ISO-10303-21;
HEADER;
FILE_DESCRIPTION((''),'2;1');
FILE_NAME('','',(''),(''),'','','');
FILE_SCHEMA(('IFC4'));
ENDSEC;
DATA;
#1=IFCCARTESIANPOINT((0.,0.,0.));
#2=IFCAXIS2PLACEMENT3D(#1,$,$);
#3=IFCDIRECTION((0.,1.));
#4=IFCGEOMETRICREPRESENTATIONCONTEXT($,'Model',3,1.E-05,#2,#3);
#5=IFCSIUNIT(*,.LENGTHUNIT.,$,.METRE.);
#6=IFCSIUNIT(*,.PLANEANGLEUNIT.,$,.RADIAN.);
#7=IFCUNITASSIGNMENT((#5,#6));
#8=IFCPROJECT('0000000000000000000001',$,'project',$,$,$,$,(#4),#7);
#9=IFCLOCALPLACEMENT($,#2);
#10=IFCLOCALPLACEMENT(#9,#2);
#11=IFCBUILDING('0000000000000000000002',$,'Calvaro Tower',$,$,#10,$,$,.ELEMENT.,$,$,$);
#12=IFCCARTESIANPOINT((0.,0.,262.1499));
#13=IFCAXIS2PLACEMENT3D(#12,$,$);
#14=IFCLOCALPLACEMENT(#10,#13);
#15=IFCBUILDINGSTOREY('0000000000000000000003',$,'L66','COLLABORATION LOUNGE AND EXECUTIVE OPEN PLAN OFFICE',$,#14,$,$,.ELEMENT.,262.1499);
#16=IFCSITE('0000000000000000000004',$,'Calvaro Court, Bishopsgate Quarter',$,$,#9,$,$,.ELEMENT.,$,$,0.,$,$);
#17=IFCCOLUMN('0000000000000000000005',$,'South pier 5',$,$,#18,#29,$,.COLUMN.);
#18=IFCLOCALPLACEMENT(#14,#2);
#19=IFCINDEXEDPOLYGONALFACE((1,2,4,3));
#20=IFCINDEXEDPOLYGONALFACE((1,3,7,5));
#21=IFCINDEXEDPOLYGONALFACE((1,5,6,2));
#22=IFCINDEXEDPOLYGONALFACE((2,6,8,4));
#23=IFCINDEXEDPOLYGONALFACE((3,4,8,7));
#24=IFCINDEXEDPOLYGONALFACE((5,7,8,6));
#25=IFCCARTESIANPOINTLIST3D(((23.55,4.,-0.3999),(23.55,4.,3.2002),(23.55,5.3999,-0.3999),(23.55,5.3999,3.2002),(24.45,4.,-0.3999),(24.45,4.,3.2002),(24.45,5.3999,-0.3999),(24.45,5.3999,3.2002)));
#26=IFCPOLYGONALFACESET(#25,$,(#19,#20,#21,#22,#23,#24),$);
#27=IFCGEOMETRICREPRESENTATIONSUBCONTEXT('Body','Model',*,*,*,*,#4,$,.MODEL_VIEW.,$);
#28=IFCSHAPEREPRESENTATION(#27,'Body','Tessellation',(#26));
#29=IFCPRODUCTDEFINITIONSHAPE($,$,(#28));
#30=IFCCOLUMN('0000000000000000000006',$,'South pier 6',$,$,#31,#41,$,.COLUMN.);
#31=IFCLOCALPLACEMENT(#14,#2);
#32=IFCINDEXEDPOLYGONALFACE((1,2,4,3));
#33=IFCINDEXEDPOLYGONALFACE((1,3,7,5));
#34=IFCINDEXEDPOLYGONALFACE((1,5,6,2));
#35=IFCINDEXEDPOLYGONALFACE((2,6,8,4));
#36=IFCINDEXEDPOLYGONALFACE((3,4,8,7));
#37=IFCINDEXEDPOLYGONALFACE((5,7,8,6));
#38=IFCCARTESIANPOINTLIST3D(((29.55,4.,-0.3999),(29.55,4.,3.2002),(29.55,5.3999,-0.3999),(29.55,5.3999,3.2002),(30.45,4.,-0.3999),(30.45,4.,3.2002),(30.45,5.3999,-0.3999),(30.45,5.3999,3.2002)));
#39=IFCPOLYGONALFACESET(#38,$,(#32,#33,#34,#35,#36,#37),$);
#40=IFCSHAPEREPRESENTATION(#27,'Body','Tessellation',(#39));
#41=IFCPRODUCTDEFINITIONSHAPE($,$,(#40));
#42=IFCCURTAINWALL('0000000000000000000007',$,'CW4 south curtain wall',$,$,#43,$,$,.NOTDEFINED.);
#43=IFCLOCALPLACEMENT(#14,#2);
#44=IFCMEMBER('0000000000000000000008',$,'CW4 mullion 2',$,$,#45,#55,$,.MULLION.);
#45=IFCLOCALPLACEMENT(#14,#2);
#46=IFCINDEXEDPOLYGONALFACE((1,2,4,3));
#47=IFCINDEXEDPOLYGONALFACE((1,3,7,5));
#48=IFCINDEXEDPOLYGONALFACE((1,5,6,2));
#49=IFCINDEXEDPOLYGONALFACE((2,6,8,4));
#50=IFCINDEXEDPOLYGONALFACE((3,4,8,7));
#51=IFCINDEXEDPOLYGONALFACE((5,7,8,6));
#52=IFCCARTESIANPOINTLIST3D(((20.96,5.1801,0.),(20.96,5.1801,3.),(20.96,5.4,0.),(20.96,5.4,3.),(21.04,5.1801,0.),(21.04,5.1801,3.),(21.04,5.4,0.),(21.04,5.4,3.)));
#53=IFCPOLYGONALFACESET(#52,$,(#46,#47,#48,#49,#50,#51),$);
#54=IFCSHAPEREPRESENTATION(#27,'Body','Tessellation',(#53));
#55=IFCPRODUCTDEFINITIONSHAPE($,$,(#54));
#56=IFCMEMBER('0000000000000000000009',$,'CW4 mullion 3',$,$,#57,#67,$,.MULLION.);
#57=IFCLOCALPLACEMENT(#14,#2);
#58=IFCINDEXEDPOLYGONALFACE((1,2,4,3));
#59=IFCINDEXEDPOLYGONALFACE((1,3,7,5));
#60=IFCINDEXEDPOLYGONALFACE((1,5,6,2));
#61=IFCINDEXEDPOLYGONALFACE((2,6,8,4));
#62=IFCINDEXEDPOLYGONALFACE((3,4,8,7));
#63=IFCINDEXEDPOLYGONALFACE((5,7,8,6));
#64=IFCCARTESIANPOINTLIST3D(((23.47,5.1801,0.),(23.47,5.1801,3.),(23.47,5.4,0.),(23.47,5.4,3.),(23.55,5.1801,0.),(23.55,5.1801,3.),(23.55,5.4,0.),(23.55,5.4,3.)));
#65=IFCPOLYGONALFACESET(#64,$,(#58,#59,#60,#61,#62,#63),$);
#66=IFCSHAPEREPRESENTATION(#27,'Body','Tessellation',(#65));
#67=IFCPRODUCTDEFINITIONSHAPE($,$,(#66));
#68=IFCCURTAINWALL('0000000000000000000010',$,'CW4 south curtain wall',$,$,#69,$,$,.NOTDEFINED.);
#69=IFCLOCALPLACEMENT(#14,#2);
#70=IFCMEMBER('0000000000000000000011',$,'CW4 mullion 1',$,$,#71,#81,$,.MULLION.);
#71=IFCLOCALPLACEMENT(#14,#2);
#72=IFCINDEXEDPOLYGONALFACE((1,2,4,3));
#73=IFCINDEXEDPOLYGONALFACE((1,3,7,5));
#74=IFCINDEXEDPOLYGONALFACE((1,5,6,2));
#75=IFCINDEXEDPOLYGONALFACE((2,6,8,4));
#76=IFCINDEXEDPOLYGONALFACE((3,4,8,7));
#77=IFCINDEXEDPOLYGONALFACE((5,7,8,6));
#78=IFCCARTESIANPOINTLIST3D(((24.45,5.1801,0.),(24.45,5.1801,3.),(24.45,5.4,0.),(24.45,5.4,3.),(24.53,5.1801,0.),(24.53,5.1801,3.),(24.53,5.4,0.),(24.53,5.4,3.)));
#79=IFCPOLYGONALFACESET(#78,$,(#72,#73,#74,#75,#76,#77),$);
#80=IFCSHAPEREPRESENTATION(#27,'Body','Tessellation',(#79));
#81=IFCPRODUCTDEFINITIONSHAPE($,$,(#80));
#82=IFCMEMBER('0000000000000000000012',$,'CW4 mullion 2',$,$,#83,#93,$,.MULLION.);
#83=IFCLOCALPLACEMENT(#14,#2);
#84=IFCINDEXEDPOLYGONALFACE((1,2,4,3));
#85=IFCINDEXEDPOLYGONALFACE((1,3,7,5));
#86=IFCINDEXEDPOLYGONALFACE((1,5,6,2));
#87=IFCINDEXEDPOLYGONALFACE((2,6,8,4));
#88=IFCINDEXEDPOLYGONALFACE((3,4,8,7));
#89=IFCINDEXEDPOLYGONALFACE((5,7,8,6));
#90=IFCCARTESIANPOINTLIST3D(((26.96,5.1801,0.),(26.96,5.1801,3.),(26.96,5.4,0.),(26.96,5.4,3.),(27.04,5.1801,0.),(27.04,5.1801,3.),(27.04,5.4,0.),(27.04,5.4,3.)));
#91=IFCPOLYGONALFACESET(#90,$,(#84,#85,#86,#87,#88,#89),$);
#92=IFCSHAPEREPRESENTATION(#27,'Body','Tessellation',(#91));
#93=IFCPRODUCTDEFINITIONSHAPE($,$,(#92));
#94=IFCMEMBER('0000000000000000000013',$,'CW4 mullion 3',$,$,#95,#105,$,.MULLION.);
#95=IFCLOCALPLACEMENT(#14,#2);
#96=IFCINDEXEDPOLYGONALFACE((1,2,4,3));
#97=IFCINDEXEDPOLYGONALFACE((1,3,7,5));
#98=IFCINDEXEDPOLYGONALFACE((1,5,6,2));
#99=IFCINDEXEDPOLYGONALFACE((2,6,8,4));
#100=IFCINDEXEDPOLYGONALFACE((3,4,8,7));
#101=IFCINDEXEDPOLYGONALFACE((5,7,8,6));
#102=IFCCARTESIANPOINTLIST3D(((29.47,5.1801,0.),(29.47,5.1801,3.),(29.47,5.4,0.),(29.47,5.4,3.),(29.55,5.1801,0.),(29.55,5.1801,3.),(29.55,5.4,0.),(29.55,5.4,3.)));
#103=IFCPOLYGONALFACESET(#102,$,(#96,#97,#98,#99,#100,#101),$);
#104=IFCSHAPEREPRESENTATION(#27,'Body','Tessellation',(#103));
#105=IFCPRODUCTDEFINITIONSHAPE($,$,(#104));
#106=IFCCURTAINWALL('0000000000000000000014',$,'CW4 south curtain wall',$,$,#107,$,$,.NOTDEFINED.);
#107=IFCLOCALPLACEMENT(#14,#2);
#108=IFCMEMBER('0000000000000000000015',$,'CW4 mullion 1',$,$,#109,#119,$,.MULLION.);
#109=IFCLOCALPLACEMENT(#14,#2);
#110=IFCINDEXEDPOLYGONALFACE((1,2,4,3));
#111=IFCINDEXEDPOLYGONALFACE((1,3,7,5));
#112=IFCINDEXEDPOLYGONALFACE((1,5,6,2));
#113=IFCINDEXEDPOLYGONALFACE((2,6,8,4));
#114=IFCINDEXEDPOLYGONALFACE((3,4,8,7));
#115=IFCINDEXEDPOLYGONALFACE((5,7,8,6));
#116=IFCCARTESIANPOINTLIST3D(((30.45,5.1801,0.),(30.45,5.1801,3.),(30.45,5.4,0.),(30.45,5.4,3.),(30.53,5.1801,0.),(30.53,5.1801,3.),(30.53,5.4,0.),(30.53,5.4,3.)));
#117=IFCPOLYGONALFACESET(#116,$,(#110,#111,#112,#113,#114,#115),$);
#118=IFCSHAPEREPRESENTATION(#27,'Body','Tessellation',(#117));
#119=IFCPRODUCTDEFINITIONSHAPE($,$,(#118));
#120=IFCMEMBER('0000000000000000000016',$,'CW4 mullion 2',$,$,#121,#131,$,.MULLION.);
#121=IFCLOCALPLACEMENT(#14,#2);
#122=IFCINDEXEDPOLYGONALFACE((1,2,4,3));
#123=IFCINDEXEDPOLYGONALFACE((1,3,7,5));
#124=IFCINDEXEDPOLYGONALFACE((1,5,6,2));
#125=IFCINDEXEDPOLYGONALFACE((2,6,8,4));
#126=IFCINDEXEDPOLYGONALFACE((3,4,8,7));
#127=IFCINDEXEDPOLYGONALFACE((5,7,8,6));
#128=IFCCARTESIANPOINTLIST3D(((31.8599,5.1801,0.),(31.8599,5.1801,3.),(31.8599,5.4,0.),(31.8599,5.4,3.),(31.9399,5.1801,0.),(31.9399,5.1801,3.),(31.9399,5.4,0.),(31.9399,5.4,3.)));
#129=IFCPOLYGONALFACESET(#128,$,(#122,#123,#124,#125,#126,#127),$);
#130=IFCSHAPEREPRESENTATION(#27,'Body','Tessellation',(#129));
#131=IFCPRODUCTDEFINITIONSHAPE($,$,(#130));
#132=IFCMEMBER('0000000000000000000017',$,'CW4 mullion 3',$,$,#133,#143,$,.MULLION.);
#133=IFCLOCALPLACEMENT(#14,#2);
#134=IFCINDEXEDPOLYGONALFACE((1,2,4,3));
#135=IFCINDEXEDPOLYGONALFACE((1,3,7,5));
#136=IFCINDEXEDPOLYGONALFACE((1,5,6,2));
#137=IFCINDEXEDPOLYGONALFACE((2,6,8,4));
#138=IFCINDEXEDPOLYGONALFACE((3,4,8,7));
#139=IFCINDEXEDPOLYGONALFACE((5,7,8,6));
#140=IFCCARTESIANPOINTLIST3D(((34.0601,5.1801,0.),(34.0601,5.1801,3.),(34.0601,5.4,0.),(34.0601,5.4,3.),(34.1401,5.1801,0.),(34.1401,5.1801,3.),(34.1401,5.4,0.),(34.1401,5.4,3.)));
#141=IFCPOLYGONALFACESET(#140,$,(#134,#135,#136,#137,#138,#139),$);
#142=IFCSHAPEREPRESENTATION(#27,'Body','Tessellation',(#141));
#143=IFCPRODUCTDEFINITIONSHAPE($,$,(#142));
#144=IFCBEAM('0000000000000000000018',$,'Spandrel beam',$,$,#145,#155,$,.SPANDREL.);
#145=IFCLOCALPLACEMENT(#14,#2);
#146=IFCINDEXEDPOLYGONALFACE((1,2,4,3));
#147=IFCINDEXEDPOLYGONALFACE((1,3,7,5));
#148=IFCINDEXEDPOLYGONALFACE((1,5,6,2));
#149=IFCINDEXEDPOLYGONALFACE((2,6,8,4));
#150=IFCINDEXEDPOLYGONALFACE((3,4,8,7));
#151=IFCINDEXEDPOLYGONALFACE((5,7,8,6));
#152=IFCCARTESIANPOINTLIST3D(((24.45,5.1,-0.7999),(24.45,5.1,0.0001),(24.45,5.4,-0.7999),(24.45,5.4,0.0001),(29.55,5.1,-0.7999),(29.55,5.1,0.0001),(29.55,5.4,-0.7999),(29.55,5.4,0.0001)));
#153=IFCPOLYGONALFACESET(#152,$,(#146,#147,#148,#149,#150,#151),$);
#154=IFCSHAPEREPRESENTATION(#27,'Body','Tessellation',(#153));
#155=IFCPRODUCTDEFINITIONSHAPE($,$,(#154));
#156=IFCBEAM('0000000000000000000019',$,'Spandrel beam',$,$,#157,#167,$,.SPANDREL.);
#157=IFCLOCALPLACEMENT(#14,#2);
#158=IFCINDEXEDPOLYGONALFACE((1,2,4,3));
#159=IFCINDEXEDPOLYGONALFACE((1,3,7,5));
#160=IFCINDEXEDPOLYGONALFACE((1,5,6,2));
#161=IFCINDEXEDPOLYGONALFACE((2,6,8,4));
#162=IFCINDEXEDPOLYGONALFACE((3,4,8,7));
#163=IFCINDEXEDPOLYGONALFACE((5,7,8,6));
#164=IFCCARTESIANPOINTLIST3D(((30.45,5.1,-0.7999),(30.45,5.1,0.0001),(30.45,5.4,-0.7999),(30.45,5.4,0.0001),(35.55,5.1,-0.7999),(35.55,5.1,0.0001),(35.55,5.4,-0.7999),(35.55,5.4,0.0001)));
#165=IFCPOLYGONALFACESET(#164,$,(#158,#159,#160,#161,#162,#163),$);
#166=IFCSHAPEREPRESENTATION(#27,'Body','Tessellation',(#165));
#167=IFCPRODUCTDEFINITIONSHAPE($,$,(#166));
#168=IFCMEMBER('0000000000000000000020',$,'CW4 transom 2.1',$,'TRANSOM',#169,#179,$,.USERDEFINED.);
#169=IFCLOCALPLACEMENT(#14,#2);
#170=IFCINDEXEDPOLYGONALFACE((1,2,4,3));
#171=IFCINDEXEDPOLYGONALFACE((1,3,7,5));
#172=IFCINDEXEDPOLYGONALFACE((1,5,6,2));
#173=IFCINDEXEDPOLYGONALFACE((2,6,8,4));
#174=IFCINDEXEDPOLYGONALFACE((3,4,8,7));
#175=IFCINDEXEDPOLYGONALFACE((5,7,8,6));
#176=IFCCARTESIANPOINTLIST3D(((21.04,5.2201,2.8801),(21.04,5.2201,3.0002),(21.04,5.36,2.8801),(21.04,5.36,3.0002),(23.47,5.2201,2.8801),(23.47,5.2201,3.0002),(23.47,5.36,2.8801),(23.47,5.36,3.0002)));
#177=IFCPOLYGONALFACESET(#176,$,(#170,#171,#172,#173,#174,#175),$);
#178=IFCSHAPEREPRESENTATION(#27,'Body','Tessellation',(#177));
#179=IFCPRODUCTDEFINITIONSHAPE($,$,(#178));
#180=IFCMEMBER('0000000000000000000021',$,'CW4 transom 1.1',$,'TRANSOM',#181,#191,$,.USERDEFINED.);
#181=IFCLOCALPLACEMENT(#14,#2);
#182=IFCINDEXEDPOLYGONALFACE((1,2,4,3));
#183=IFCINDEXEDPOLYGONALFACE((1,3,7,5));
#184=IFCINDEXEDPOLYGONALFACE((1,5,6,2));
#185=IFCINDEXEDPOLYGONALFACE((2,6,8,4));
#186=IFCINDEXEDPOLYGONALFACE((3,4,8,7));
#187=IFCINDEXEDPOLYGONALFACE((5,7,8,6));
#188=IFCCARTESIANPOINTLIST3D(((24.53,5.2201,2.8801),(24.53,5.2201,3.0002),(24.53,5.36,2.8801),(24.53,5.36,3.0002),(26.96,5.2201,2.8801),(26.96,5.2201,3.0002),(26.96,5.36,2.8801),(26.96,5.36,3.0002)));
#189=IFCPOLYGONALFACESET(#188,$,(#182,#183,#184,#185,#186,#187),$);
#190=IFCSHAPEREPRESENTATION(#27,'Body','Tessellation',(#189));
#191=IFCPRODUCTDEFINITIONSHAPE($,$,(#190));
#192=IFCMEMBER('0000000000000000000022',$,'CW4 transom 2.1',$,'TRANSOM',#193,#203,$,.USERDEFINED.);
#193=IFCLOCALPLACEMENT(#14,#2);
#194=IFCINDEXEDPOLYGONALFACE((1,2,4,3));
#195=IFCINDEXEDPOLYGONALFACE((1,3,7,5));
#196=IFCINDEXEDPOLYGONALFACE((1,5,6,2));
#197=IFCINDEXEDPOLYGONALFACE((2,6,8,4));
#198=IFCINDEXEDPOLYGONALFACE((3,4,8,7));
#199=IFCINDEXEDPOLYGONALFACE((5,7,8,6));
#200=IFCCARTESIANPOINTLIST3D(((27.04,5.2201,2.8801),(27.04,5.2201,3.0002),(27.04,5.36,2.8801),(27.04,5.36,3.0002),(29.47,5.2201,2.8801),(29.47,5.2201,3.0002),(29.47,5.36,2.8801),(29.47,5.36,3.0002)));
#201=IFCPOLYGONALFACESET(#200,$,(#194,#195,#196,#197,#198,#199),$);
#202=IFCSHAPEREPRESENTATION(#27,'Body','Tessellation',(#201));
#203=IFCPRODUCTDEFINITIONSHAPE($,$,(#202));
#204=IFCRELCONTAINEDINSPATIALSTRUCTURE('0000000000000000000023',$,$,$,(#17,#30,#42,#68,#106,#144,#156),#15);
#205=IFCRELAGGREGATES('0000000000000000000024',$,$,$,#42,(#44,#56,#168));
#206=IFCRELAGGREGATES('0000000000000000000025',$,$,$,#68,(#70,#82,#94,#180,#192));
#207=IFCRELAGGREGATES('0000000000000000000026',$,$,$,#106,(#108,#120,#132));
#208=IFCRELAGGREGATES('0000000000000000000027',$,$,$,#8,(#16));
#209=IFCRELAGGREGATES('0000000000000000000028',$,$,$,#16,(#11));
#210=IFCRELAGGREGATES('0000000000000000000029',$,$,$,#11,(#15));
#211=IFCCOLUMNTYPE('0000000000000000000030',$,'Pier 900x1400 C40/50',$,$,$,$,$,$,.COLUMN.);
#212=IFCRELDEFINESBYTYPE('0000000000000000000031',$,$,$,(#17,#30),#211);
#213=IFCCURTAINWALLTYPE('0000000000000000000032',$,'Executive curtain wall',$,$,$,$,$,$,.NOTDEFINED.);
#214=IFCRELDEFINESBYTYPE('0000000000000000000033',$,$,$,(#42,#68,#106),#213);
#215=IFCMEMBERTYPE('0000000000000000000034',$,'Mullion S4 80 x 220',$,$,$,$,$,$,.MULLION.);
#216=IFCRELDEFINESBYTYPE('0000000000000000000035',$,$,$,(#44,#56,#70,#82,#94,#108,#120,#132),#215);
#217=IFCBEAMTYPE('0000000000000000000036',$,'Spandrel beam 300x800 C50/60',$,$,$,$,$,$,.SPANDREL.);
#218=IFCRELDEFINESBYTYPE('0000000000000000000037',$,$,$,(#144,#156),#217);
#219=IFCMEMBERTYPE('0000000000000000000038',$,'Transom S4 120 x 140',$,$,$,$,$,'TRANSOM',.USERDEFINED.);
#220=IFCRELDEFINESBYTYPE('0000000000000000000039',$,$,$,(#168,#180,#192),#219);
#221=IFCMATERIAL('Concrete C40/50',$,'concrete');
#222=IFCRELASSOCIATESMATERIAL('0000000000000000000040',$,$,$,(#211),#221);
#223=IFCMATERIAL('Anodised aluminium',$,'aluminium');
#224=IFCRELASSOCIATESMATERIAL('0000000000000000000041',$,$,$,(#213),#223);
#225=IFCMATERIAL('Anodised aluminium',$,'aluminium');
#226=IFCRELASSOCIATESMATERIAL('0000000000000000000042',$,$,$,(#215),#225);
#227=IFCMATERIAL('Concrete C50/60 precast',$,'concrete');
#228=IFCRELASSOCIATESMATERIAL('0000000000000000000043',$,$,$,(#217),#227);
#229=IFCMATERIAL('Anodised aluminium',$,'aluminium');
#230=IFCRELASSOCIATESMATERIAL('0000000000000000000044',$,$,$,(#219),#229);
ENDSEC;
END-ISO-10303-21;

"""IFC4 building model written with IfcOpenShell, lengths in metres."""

from ifc_helpers import new_model, si_unit, direction, frame, origin, origin_2d, place, context, subcontext, project, spatial, rectangle, extrude, material, material_profile, profile_set, type_object, element, aggregate, save


model = new_model("IFC4")

# Units and contexts
model_context = context("Model", 3, precision=1e-05, world=origin(), true_north=direction((0.0, 1.0)))
body_context = subcontext(model_context, "Body", "Model", "MODEL_VIEW")
ifc_project = project(units=[si_unit("LENGTHUNIT", "METRE"), si_unit("PLANEANGLEUNIT", "RADIAN")], contexts=[model_context])

# Site, building, storey
site_placement = place(None, origin())
site = spatial("IfcSite", under=ifc_project, at=site_placement, Name="Calvaro Court, Bishopsgate Quarter", CompositionType="ELEMENT", RefElevation=0.0)
building_placement = place(site_placement, origin())
building = spatial("IfcBuilding", under=site, at=building_placement, Name="Calvaro Tower", CompositionType="ELEMENT")
storey_placement = place(building_placement, frame((0.0, 0.0, 262.1499)))
storey = spatial("IfcBuildingStorey", under=building, at=storey_placement, Name="L66", Description="COLLABORATION LOUNGE AND EXECUTIVE OPEN PLAN OFFICE", CompositionType="ELEMENT", Elevation=262.1499)

# Columns
ifc_material_1 = material(Name="Concrete C40/50", Category="concrete")
ifc_material_profile_1 = material_profile(ifc_material_1, rectangle(XDim=0.8999, YDim=1.3999, at=origin_2d()), Name="RC 900x1400")
ifc_profile_set_1 = profile_set([ifc_material_profile_1], Name="Concrete C40/50")
column_type = type_object("IfcColumnType", Name="Pier 900x1400 C40/50", PredefinedType="COLUMN", material=ifc_profile_set_1)
for number, where, z_axis, x_axis, name in (
    (1, (24.0, 4.7, -0.3999), (0.0, 0.0, 1.0), (1.0, 0.0, 0.0), "South pier 5"),
    (2, (30.0, 4.7, -0.3999), (0.0, 0.0, 1.0), (1.0, 0.0, 0.0), "South pier 6"),
):
    element("IfcColumn", number, at=place(storey_placement, frame(where, z_axis=z_axis, x_axis=x_axis)), inside=storey, type_object=column_type, Name=name, PredefinedType="COLUMN", context=body_context, shape_type="SweptSolid", body=[
        extrude(rectangle(XDim=0.8999, YDim=1.3999, at=origin_2d()), origin(), (0.0, 0.0, 1.0), 3.6001),
    ])

# Curtain walls, members
ifc_material_2 = material(Name="Anodised aluminium", Category="aluminium")
curtain_wall_type = type_object("IfcCurtainWallType", Name="Executive curtain wall", PredefinedType="NOTDEFINED", material=ifc_material_2)
curtain_wall_1_placement = place(storey_placement, origin())
curtain_wall_1 = element("IfcCurtainWall", 3, at=curtain_wall_1_placement, inside=storey, type_object=curtain_wall_type, Name="CW4 south curtain wall", PredefinedType="NOTDEFINED")
ifc_material_3 = material(Name="Anodised aluminium", Category="aluminium")
ifc_material_profile_2 = material_profile(ifc_material_3, rectangle(XDim=0.22, YDim=0.0801, at=origin_2d()), Name="Mullion S4 80 x 220")
ifc_profile_set_2 = profile_set([ifc_material_profile_2], Name="Anodised aluminium")
member_type_1 = type_object("IfcMemberType", Name="Mullion S4 80 x 220", PredefinedType="MULLION", material=ifc_profile_set_2)
member_1_placement = place(storey_placement, frame((21.0, 5.29, 0.0), z_axis=(0.0, 0.0, 1.0), x_axis=(0.0, 1.0, 0.0)))
member_1 = element("IfcMember", 4, at=member_1_placement, type_object=member_type_1, Name="CW4 mullion 2", PredefinedType="MULLION", context=body_context, shape_type="SweptSolid", body=[
    extrude(rectangle(XDim=0.22, YDim=0.0801, at=origin_2d()), origin(), (0.0, 0.0, 1.0), 3.0),
])
member_2_placement = place(storey_placement, frame((23.51, 5.29, 0.0), z_axis=(0.0, 0.0, 1.0), x_axis=(0.0, 1.0, 0.0)))
member_2 = element("IfcMember", 5, at=member_2_placement, type_object=member_type_1, Name="CW4 mullion 3", PredefinedType="MULLION", context=body_context, shape_type="SweptSolid", body=[
    extrude(rectangle(XDim=0.22, YDim=0.0801, at=origin_2d()), origin(), (0.0, 0.0, 1.0), 3.0),
])
curtain_wall_2_placement = place(storey_placement, origin())
curtain_wall_2 = element("IfcCurtainWall", 6, at=curtain_wall_2_placement, inside=storey, type_object=curtain_wall_type, Name="CW4 south curtain wall", PredefinedType="NOTDEFINED")
member_3_placement = place(storey_placement, frame((24.49, 5.29, 0.0), z_axis=(0.0, 0.0, 1.0), x_axis=(0.0, 1.0, 0.0)))
member_3 = element("IfcMember", 7, at=member_3_placement, type_object=member_type_1, Name="CW4 mullion 1", PredefinedType="MULLION", context=body_context, shape_type="SweptSolid", body=[
    extrude(rectangle(XDim=0.22, YDim=0.0801, at=origin_2d()), origin(), (0.0, 0.0, 1.0), 3.0),
])
member_4_placement = place(storey_placement, frame((27.0, 5.29, 0.0), z_axis=(0.0, 0.0, 1.0), x_axis=(0.0, 1.0, 0.0)))
member_4 = element("IfcMember", 8, at=member_4_placement, type_object=member_type_1, Name="CW4 mullion 2", PredefinedType="MULLION", context=body_context, shape_type="SweptSolid", body=[
    extrude(rectangle(XDim=0.22, YDim=0.0801, at=origin_2d()), origin(), (0.0, 0.0, 1.0), 3.0),
])
member_5_placement = place(storey_placement, frame((29.51, 5.29, 0.0), z_axis=(0.0, 0.0, 1.0), x_axis=(0.0, 1.0, 0.0)))
member_5 = element("IfcMember", 9, at=member_5_placement, type_object=member_type_1, Name="CW4 mullion 3", PredefinedType="MULLION", context=body_context, shape_type="SweptSolid", body=[
    extrude(rectangle(XDim=0.22, YDim=0.0801, at=origin_2d()), origin(), (0.0, 0.0, 1.0), 3.0),
])
curtain_wall_3_placement = place(storey_placement, origin())
curtain_wall_3 = element("IfcCurtainWall", 10, at=curtain_wall_3_placement, inside=storey, type_object=curtain_wall_type, Name="CW4 south curtain wall", PredefinedType="NOTDEFINED")
member_6_placement = place(storey_placement, frame((30.49, 5.29, 0.0), z_axis=(0.0, 0.0, 1.0), x_axis=(0.0, 1.0, 0.0)))
member_6 = element("IfcMember", 11, at=member_6_placement, type_object=member_type_1, Name="CW4 mullion 1", PredefinedType="MULLION", context=body_context, shape_type="SweptSolid", body=[
    extrude(rectangle(XDim=0.22, YDim=0.0801, at=origin_2d()), origin(), (0.0, 0.0, 1.0), 3.0),
])
member_7_placement = place(storey_placement, frame((31.8999, 5.29, 0.0), z_axis=(0.0, 0.0, 1.0), x_axis=(0.0, 1.0, 0.0)))
member_7 = element("IfcMember", 12, at=member_7_placement, type_object=member_type_1, Name="CW4 mullion 2", PredefinedType="MULLION", context=body_context, shape_type="SweptSolid", body=[
    extrude(rectangle(XDim=0.22, YDim=0.0801, at=origin_2d()), origin(), (0.0, 0.0, 1.0), 3.0),
])
member_8_placement = place(storey_placement, frame((34.1001, 5.29, 0.0), z_axis=(0.0, 0.0, 1.0), x_axis=(0.0, 1.0, 0.0)))
member_8 = element("IfcMember", 13, at=member_8_placement, type_object=member_type_1, Name="CW4 mullion 3", PredefinedType="MULLION", context=body_context, shape_type="SweptSolid", body=[
    extrude(rectangle(XDim=0.22, YDim=0.0801, at=origin_2d()), origin(), (0.0, 0.0, 1.0), 3.0),
])

# Beams
ifc_material_4 = material(Name="Concrete C50/60 precast", Category="concrete")
ifc_material_profile_3 = material_profile(ifc_material_4, rectangle(XDim=0.3, YDim=0.8, at=origin_2d()), Name="RC 300x800")
ifc_profile_set_3 = profile_set([ifc_material_profile_3], Name="Concrete C50/60 precast")
beam_type = type_object("IfcBeamType", Name="Spandrel beam 300x800 C50/60", PredefinedType="SPANDREL", material=ifc_profile_set_3)
for number, where, z_axis, x_axis, name in (
    (14, (24.45, 5.25, -0.3999), (1.0, 0.0, 0.0), (0.0, 1.0, 0.0), "Spandrel beam"),
    (15, (30.45, 5.25, -0.3999), (1.0, 0.0, 0.0), (0.0, 1.0, 0.0), "Spandrel beam"),
):
    element("IfcBeam", number, at=place(storey_placement, frame(where, z_axis=z_axis, x_axis=x_axis)), inside=storey, type_object=beam_type, Name=name, PredefinedType="SPANDREL", context=body_context, shape_type="SweptSolid", body=[
        extrude(rectangle(XDim=0.3, YDim=0.8, at=origin_2d()), origin(), (0.0, 0.0, 1.0), 5.1001),
    ])

# Members
ifc_material_5 = material(Name="Anodised aluminium", Category="aluminium")
ifc_material_profile_4 = material_profile(ifc_material_5, rectangle(XDim=0.1399, YDim=0.1201, at=origin_2d()), Name="Transom S4 120 x 140")
ifc_profile_set_4 = profile_set([ifc_material_profile_4], Name="Anodised aluminium")
member_type_2 = type_object("IfcMemberType", Name="Transom S4 120 x 140", ElementType="TRANSOM", PredefinedType="USERDEFINED", material=ifc_profile_set_4)
member_9_placement = place(storey_placement, frame((21.04, 5.29, 2.9402), z_axis=(1.0, 0.0, 0.0), x_axis=(0.0, 1.0, 0.0)))
member_9 = element("IfcMember", 16, at=member_9_placement, type_object=member_type_2, Name="CW4 transom 2.1", ObjectType="TRANSOM", PredefinedType="USERDEFINED", context=body_context, shape_type="SweptSolid", body=[
    extrude(rectangle(XDim=0.1399, YDim=0.1201, at=origin_2d()), origin(), (0.0, 0.0, 1.0), 2.4299),
])
member_10_placement = place(storey_placement, frame((24.53, 5.29, 2.9402), z_axis=(1.0, 0.0, 0.0), x_axis=(0.0, 1.0, 0.0)))
member_10 = element("IfcMember", 17, at=member_10_placement, type_object=member_type_2, Name="CW4 transom 1.1", ObjectType="TRANSOM", PredefinedType="USERDEFINED", context=body_context, shape_type="SweptSolid", body=[
    extrude(rectangle(XDim=0.1399, YDim=0.1201, at=origin_2d()), origin(), (0.0, 0.0, 1.0), 2.4299),
])
member_11_placement = place(storey_placement, frame((27.04, 5.29, 2.9402), z_axis=(1.0, 0.0, 0.0), x_axis=(0.0, 1.0, 0.0)))
member_11 = element("IfcMember", 18, at=member_11_placement, type_object=member_type_2, Name="CW4 transom 2.1", ObjectType="TRANSOM", PredefinedType="USERDEFINED", context=body_context, shape_type="SweptSolid", body=[
    extrude(rectangle(XDim=0.1399, YDim=0.1201, at=origin_2d()), origin(), (0.0, 0.0, 1.0), 2.4299),
])

aggregate(curtain_wall_1, [member_1, member_2, member_9])
aggregate(curtain_wall_2, [member_3, member_4, member_5, member_10, member_11])
aggregate(curtain_wall_3, [member_6, member_7, member_8])

save(model, "model.ifc")
